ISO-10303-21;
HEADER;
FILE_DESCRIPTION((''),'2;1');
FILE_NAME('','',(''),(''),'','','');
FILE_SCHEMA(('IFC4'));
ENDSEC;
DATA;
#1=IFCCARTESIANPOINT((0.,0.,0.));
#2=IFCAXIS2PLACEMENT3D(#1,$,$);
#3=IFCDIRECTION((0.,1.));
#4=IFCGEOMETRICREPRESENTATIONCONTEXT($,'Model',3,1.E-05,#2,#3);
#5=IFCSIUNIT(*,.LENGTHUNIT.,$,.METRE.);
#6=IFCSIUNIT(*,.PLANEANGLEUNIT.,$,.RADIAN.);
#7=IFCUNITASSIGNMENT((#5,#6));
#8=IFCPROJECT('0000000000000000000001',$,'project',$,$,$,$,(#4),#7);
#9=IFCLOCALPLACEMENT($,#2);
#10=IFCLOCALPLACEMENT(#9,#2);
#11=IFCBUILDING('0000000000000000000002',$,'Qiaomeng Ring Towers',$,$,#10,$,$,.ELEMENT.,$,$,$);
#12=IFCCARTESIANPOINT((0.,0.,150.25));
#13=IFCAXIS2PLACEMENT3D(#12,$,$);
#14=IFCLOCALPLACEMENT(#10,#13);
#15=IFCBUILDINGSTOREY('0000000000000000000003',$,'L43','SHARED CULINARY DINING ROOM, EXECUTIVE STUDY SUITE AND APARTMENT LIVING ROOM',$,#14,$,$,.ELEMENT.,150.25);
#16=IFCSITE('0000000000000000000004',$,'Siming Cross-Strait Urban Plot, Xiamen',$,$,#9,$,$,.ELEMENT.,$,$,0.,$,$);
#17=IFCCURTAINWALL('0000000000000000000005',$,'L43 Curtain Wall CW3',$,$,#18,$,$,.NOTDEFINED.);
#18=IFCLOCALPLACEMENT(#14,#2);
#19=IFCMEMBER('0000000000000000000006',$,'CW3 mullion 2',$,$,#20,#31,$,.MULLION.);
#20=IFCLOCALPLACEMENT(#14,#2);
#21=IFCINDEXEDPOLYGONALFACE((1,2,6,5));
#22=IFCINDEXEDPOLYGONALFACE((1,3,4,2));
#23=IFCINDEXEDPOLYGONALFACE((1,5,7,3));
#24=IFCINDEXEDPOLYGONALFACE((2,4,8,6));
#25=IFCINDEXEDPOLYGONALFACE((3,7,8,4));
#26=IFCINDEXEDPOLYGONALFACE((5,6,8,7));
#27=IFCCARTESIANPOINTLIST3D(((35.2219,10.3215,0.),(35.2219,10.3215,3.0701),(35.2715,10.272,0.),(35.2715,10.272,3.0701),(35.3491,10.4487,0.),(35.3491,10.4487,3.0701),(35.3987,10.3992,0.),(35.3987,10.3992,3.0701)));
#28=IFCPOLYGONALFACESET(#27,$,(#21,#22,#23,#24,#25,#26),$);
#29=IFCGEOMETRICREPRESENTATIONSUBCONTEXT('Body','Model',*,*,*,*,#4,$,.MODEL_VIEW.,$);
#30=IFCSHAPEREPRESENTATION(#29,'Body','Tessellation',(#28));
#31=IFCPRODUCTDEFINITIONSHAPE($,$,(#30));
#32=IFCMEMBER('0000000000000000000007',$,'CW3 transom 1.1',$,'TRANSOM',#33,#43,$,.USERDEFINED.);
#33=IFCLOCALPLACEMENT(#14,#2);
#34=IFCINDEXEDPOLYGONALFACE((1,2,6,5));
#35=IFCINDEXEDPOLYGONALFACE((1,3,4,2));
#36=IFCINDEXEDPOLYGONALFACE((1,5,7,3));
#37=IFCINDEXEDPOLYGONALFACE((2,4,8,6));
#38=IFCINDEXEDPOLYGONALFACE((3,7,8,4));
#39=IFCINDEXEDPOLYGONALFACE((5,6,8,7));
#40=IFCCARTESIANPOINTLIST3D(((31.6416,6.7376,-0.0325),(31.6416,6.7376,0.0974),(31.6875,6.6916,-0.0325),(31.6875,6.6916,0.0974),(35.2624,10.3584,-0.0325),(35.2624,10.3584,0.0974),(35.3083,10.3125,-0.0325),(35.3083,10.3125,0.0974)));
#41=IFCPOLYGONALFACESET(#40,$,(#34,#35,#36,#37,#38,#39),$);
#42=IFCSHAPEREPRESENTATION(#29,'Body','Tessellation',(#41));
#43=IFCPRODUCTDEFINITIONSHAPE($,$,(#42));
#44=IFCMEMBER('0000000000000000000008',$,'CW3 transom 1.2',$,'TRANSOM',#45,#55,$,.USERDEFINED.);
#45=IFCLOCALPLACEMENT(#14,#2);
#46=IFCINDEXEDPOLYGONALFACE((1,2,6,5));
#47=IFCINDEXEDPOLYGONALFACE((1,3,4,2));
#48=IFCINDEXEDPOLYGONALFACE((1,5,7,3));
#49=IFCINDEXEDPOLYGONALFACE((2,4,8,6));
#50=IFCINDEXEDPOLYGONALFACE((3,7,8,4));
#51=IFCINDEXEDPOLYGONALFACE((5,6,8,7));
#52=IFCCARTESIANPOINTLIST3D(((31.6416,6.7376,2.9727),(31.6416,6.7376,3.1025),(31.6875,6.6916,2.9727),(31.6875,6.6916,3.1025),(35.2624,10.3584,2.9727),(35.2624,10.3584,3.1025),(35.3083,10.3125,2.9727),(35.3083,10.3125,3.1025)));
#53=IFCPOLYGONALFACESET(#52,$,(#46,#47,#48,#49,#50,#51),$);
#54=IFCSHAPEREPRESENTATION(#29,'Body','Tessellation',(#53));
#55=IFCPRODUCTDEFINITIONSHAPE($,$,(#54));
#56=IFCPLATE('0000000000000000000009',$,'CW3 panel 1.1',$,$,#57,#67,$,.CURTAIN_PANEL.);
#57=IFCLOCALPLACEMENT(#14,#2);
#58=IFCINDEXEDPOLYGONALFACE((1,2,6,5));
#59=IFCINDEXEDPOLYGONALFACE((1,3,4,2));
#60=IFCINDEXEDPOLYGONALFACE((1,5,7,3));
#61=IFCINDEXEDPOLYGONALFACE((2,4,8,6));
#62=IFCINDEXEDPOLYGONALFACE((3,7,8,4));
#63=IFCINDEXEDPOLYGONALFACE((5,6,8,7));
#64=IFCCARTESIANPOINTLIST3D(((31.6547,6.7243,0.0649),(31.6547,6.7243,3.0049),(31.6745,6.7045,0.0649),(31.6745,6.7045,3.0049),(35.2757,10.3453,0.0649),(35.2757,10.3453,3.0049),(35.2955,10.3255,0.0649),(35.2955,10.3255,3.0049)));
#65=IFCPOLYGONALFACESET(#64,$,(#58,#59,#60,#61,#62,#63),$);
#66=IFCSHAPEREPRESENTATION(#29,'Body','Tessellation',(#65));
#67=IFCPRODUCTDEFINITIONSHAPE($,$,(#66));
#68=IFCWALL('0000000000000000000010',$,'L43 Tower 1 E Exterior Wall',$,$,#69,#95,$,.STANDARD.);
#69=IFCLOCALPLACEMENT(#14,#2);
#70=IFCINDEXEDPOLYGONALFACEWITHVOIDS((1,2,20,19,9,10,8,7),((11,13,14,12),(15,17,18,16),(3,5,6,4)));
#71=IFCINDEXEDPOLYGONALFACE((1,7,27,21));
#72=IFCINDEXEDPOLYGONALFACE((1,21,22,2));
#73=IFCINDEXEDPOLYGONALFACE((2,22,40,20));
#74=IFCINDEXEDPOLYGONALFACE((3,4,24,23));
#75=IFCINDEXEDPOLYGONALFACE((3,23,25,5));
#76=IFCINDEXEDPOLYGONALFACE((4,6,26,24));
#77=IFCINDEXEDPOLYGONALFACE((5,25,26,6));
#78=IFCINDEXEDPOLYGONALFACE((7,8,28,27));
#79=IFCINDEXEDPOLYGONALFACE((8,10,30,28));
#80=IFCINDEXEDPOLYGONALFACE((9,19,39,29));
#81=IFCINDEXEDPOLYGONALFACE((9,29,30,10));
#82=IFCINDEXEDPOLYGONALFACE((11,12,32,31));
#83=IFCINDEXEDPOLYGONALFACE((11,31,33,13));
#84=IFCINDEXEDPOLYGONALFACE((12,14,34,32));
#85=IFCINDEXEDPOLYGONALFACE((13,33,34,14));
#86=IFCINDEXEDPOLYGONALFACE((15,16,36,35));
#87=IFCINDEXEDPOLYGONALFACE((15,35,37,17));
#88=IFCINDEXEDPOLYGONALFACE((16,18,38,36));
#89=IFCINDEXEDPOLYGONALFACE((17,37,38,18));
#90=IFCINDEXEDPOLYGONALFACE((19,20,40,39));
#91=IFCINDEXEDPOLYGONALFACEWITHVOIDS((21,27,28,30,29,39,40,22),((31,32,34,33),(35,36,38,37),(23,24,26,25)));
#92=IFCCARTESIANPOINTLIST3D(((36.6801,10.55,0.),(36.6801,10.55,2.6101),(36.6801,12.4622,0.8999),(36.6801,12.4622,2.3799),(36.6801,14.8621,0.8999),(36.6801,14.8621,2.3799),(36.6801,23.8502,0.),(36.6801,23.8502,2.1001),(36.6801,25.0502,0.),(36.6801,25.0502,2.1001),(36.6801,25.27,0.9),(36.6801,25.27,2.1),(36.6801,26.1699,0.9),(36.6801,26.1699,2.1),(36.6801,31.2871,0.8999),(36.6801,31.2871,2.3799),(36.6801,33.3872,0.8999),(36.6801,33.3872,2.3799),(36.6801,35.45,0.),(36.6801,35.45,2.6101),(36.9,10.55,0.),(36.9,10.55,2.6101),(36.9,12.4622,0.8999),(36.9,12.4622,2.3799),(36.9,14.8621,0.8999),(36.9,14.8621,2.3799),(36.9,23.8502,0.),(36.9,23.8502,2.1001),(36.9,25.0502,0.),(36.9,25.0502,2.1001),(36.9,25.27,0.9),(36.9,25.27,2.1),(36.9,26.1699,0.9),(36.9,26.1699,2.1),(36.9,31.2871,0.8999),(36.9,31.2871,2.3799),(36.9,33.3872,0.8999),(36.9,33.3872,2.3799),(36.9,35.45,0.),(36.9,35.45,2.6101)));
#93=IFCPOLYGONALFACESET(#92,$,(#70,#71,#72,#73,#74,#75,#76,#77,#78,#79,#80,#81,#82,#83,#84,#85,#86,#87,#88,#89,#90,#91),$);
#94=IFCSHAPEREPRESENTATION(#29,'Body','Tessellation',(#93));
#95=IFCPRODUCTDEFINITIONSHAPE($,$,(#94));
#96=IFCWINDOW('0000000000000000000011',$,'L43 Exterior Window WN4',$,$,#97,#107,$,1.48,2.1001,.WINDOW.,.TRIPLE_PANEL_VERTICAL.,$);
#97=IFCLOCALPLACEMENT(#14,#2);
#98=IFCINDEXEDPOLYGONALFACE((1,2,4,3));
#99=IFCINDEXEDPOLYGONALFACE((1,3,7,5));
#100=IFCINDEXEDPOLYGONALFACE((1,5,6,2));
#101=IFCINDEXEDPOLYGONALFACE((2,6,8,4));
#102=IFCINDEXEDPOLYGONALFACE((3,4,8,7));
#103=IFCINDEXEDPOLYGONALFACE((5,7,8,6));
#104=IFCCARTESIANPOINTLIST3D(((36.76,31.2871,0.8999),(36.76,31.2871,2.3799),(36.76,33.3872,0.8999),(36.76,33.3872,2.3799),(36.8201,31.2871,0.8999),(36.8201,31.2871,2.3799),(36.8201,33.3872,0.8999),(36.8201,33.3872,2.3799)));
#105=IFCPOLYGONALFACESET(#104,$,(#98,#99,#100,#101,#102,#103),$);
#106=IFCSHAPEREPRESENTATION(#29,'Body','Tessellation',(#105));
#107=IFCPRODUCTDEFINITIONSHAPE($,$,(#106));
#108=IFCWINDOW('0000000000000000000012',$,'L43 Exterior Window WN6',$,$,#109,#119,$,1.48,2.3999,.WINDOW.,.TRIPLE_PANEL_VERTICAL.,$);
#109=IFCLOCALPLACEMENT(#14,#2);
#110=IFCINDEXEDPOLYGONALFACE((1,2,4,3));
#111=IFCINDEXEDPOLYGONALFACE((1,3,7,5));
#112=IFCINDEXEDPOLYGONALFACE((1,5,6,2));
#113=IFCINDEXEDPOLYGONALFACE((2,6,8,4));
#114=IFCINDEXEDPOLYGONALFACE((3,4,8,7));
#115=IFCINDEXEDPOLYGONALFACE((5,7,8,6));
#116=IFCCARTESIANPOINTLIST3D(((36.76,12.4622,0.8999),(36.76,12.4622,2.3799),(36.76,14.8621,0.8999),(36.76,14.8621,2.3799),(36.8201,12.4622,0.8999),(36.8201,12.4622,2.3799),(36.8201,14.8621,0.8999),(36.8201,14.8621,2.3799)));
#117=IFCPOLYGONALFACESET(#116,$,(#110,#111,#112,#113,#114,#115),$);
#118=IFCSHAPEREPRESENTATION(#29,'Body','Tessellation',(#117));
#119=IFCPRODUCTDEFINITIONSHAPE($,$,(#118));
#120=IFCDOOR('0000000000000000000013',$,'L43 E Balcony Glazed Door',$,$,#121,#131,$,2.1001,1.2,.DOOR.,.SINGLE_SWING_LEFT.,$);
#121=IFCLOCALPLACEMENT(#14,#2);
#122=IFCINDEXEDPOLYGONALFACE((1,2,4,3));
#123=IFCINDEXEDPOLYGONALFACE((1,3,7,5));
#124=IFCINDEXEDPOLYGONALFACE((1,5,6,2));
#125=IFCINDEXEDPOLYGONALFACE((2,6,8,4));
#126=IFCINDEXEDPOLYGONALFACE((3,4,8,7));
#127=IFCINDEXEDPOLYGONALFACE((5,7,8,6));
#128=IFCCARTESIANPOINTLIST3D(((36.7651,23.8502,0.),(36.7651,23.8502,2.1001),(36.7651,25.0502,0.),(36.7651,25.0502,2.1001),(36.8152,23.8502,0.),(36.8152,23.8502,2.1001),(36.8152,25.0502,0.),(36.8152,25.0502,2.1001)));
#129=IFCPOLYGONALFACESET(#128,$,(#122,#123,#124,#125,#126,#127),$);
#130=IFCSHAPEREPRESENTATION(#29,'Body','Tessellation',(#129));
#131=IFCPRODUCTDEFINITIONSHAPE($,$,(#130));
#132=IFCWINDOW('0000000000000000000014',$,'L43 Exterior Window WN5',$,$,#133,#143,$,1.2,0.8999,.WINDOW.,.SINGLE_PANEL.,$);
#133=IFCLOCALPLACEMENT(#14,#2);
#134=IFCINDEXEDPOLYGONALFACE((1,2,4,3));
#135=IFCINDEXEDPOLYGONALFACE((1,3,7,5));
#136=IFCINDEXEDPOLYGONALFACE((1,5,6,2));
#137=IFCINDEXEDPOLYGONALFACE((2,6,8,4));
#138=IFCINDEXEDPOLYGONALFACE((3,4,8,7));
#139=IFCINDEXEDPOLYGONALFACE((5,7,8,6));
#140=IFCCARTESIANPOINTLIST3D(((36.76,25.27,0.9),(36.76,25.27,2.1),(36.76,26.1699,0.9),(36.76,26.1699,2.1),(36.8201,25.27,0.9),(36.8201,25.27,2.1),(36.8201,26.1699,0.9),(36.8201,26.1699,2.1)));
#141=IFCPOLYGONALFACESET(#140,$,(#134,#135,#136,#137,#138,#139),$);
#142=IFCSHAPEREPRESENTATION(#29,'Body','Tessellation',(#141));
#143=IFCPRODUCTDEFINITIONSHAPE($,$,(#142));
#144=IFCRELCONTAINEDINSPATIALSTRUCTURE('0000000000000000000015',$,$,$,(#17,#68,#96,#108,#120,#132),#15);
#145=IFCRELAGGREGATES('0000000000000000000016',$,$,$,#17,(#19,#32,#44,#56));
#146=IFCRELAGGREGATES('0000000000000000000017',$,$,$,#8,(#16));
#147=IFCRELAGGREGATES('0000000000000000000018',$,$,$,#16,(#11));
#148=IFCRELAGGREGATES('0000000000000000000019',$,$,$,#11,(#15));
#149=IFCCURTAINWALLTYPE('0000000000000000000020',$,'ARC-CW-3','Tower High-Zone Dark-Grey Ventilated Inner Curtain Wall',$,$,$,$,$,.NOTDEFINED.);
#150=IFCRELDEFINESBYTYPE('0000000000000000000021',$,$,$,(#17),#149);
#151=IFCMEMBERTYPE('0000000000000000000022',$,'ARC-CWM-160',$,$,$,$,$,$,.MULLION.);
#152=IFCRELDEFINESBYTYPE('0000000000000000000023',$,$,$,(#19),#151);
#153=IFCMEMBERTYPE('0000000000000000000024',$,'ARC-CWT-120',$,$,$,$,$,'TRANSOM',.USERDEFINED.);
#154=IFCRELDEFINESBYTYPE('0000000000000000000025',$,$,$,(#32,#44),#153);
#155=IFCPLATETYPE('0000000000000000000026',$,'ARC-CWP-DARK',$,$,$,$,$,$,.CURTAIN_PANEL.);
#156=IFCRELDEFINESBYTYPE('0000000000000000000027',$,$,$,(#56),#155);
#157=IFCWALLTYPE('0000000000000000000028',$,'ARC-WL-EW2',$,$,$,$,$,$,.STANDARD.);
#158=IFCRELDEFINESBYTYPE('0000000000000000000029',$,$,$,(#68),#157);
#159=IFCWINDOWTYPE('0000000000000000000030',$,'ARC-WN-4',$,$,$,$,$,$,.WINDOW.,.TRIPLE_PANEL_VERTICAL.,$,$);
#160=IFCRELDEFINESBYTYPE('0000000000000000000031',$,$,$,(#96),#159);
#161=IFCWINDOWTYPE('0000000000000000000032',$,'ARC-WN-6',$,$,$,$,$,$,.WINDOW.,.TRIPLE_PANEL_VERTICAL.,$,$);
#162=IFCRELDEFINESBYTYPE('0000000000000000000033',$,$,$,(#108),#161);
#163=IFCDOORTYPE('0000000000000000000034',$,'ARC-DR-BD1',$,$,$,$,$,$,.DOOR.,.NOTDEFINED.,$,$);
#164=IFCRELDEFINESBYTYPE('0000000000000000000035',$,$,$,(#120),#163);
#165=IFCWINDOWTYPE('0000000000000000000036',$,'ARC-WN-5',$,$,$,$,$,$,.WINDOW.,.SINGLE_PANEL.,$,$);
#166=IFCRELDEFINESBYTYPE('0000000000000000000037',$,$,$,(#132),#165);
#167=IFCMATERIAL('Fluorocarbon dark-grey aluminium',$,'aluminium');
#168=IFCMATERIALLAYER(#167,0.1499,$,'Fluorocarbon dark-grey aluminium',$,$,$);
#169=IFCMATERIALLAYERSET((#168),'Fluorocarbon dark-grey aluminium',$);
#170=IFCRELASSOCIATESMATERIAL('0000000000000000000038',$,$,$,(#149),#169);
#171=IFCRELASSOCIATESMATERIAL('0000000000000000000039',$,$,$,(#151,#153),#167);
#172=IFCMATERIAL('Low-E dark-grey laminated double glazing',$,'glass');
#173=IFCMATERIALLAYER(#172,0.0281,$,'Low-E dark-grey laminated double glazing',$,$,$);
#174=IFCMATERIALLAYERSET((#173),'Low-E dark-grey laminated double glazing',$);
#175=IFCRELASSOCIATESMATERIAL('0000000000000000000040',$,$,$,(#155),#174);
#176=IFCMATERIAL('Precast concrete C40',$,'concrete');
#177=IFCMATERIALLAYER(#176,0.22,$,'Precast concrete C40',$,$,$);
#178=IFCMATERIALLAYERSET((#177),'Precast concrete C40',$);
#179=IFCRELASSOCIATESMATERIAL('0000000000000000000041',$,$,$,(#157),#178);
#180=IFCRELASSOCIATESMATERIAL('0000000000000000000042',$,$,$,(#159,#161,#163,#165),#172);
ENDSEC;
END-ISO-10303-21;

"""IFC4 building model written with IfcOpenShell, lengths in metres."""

from ifc_helpers import new_model, si_unit, direction, frame, frame_2d, origin, origin_2d, place, context, subcontext, project, spatial, rectangle, extrude, source, transform, mapped, material, layer, layer_set, material_profile, profile_set, type_object, element, fill, aggregate, save


model = new_model("IFC4")

# Units and contexts
model_context = context("Model", 3, precision=1e-05, world=origin(), true_north=direction((0.0, 1.0)))
body_context = subcontext(model_context, "Body", "Model", "MODEL_VIEW")
ifc_project = project(units=[si_unit("LENGTHUNIT", "METRE"), si_unit("PLANEANGLEUNIT", "RADIAN")], contexts=[model_context])

# Site, building, storey
site_placement = place(None, origin())
site = spatial("IfcSite", under=ifc_project, at=site_placement, Name="Siming Cross-Strait Urban Plot, Xiamen", CompositionType="ELEMENT", RefElevation=0.0)
building_placement = place(site_placement, origin())
building = spatial("IfcBuilding", under=site, at=building_placement, Name="Qiaomeng Ring Towers", CompositionType="ELEMENT")
storey_placement = place(building_placement, frame((0.0, 0.0, 150.25)))
storey = spatial("IfcBuildingStorey", under=building, at=storey_placement, Name="L43", Description="SHARED CULINARY DINING ROOM, EXECUTIVE STUDY SUITE AND APARTMENT LIVING ROOM", CompositionType="ELEMENT", Elevation=150.25)

# Curtain wall, members, plate
ifc_material_1 = material(Name="Fluorocarbon dark-grey aluminium", Category="aluminium")
ifc_layer_1 = layer(ifc_material_1, 0.1499, Name="Fluorocarbon dark-grey aluminium")
ifc_layer_set_1 = layer_set([ifc_layer_1], Name="Fluorocarbon dark-grey aluminium")
curtain_wall_type = type_object("IfcCurtainWallType", Name="ARC-CW-3", Description="Tower High-Zone Dark-Grey Ventilated Inner Curtain Wall", PredefinedType="NOTDEFINED", material=ifc_layer_set_1)
curtain_wall_placement = place(storey_placement, origin())
curtain_wall = element("IfcCurtainWall", 1, at=curtain_wall_placement, inside=storey, type_object=curtain_wall_type, Name="L43 Curtain Wall CW3", PredefinedType="NOTDEFINED")
ifc_material_profile_1 = material_profile(ifc_material_1, rectangle(XDim=0.0701, YDim=0.1799, at=origin_2d()), Name="ALU MULL 70x180")
ifc_profile_set_1 = profile_set([ifc_material_profile_1], Name="Fluorocarbon dark-grey aluminium")
member_type_1 = type_object("IfcMemberType", Name="ARC-CWM-160", PredefinedType="MULLION", material=ifc_profile_set_1)
shared_shape_1 = source(origin(), body_context, "Body", "SweptSolid", [
    extrude(rectangle(XDim=0.0701, YDim=0.1799, at=origin_2d()), origin(), (0.0, 0.0, 1.0), 3.0701),
])
member_1_placement = place(storey_placement, frame((35.3103, 10.3604, 0.0), z_axis=(0.0, 0.0, 1.0), x_axis=(-0.707107, 0.707107, 0.0)))
member_1 = element("IfcMember", 2, at=member_1_placement, type_object=member_type_1, Name="CW3 mullion 2", PredefinedType="MULLION", context=body_context, shape_type="MappedRepresentation", body=[
    mapped(shared_shape_1, transform((0.0, 0.0, 0.0), x_axis=(1.0, 0.0, 0.0), y_axis=(0.0, 1.0, 0.0), z_axis=(0.0, 0.0, 1.0), scale=1.0)),
])
ifc_material_profile_2 = material_profile(ifc_material_1, rectangle(XDim=0.0649, YDim=0.1299, at=origin_2d()), Name="ALU TRAN 65x130")
ifc_profile_set_2 = profile_set([ifc_material_profile_2], Name="Fluorocarbon dark-grey aluminium")
member_type_2 = type_object("IfcMemberType", Name="ARC-CWT-120", ElementType="TRANSOM", PredefinedType="USERDEFINED", material=ifc_profile_set_2)
shared_shape_2 = source(origin(), body_context, "Body", "SweptSolid", [
    extrude(rectangle(XDim=0.0649, YDim=0.1299, at=origin_2d()), origin(), (0.0, 0.0, 1.0), 5.1206),
])
member_2_placement = place(storey_placement, frame((31.6646, 6.7146, 0.0325), z_axis=(0.707107, 0.707107, 0.0), x_axis=(-0.707107, 0.707107, 0.0)))
member_2 = element("IfcMember", 3, at=member_2_placement, type_object=member_type_2, Name="CW3 transom 1.1", ObjectType="TRANSOM", PredefinedType="USERDEFINED", context=body_context, shape_type="MappedRepresentation", body=[
    mapped(shared_shape_2, transform((0.0, 0.0, 0.0), x_axis=(1.0, 0.0, 0.0), y_axis=(0.0, 1.0, 0.0), z_axis=(0.0, 0.0, 1.0), scale=1.0)),
])
member_3_placement = place(storey_placement, frame((31.6646, 6.7146, 3.0376), z_axis=(0.707107, 0.707107, 0.0), x_axis=(-0.707107, 0.707107, 0.0)))
member_3 = element("IfcMember", 4, at=member_3_placement, type_object=member_type_2, Name="CW3 transom 1.2", ObjectType="TRANSOM", PredefinedType="USERDEFINED", context=body_context, shape_type="MappedRepresentation", body=[
    mapped(shared_shape_2, transform((0.0, 0.0, 0.0), x_axis=(1.0, 0.0, 0.0), y_axis=(0.0, 1.0, 0.0), z_axis=(0.0, 0.0, 1.0), scale=1.0)),
])
ifc_material_2 = material(Name="Low-E dark-grey laminated double glazing", Category="glass")
ifc_layer_2 = layer(ifc_material_2, 0.0281, Name="Low-E dark-grey laminated double glazing")
ifc_layer_set_2 = layer_set([ifc_layer_2], Name="Low-E dark-grey laminated double glazing")
plate_type = type_object("IfcPlateType", Name="ARC-CWP-DARK", PredefinedType="CURTAIN_PANEL", material=ifc_layer_set_2)
shared_shape_3 = source(origin(), body_context, "Body", "SweptSolid", [
    extrude(rectangle(XDim=5.1208, YDim=0.0281, at=origin_2d()), origin(), (0.0, 0.0, 1.0), 2.9399),
])
plate_placement = place(storey_placement, frame((33.4751, 8.5249, 0.0649), z_axis=(0.0, 0.0, 1.0), x_axis=(0.707107, 0.707107, 0.0)))
plate = element("IfcPlate", 5, at=plate_placement, type_object=plate_type, Name="CW3 panel 1.1", PredefinedType="CURTAIN_PANEL", context=body_context, shape_type="MappedRepresentation", body=[
    mapped(shared_shape_3, transform((0.0, 0.0, 0.0), x_axis=(1.0, 0.0, 0.0), y_axis=(0.0, 1.0, 0.0), z_axis=(0.0, 0.0, 1.0), scale=1.0)),
])
aggregate(curtain_wall, [member_1, member_2, member_3, plate])

# Wall, openings, windows, door
ifc_material_3 = material(Name="Precast concrete C40", Category="concrete")
ifc_layer_3 = layer(ifc_material_3, 0.22, Name="Precast concrete C40")
ifc_layer_set_3 = layer_set([ifc_layer_3], Name="Precast concrete C40")
wall_type_1 = type_object("IfcWallType", Name="ARC-WL-EW2", PredefinedType="STANDARD", material=ifc_layer_set_3)
wall_1_placement = place(storey_placement, frame((36.79, 10.55, 0.0), z_axis=(0.0, 0.0, 1.0), x_axis=(0.0, 1.0, 0.0)))
wall_1 = element("IfcWall", 6, at=wall_1_placement, inside=storey, type_object=wall_type_1, Name="L43 Tower 1 E Exterior Wall", PredefinedType="STANDARD", context=body_context, shape_type="SweptSolid", body=[
    extrude(rectangle(XDim=24.8999, YDim=0.22, at=frame_2d((12.45, 0.0))), origin(), (0.0, 0.0, 1.0), 2.6101),
])
opening_1_placement = place(wall_1_placement, frame((13.3, 0.0, 0.0)))
opening_1 = element("IfcOpeningElement", 7, at=opening_1_placement, cuts=wall_1, PredefinedType="OPENING", context=body_context, shape_type="SweptSolid", body=[
    extrude(rectangle(XDim=1.2, YDim=2.1001, at=frame_2d((0.6001, 1.05))), frame((0.0, 0.1199, 0.0), z_axis=(0.0, -1.0, 0.0), x_axis=(1.0, 0.0, 0.0)), (0.0, 0.0, 1.0), 0.24),
])
opening_2_placement = place(wall_1_placement, frame((1.9121, 0.0, 0.8999)))
opening_2 = element("IfcOpeningElement", 8, at=opening_2_placement, cuts=wall_1, PredefinedType="OPENING", context=body_context, shape_type="SweptSolid", body=[
    extrude(rectangle(XDim=2.3999, YDim=1.48, at=frame_2d((1.2, 0.74))), frame((0.0, 0.1199, 0.0), z_axis=(0.0, -1.0, 0.0), x_axis=(1.0, 0.0, 0.0)), (0.0, 0.0, 1.0), 0.24),
])
opening_3_placement = place(wall_1_placement, frame((20.7371, 0.0, 0.8999)))
opening_3 = element("IfcOpeningElement", 9, at=opening_3_placement, cuts=wall_1, PredefinedType="OPENING", context=body_context, shape_type="SweptSolid", body=[
    extrude(rectangle(XDim=2.1001, YDim=1.48, at=frame_2d((1.05, 0.74))), frame((0.0, 0.1199, 0.0), z_axis=(0.0, -1.0, 0.0), x_axis=(1.0, 0.0, 0.0)), (0.0, 0.0, 1.0), 0.24),
])
opening_4_placement = place(wall_1_placement, frame((14.72, 0.0, 0.8999)))
opening_4 = element("IfcOpeningElement", 10, at=opening_4_placement, cuts=wall_1, PredefinedType="OPENING", context=body_context, shape_type="SweptSolid", body=[
    extrude(rectangle(XDim=0.8999, YDim=1.2, at=frame_2d((0.45, 0.6001))), frame((0.0, 0.1199, 0.0), z_axis=(0.0, -1.0, 0.0), x_axis=(1.0, 0.0, 0.0)), (0.0, 0.0, 1.0), 0.24),
])
window_type_1 = type_object("IfcWindowType", Name="ARC-WN-4", PartitioningType="TRIPLE_PANEL_VERTICAL", PredefinedType="WINDOW", material=ifc_material_2)
shared_shape_4 = source(origin(), body_context, "Body", "SweptSolid", [
    extrude(rectangle(XDim=2.1001, YDim=1.48, at=frame_2d((1.05, 0.74))), frame((0.0, 0.03, 0.0), z_axis=(0.0, -1.0, 0.0), x_axis=(1.0, 0.0, 0.0)), (0.0, 0.0, 1.0), 0.0601),
])
window_1_placement = place(opening_3_placement, origin())
window_1 = element("IfcWindow", 11, at=window_1_placement, inside=storey, type_object=window_type_1, Name="L43 Exterior Window WN4", OverallHeight=1.48, OverallWidth=2.1001, PartitioningType="TRIPLE_PANEL_VERTICAL", PredefinedType="WINDOW", context=body_context, shape_type="MappedRepresentation", body=[
    mapped(shared_shape_4, transform((0.0, 0.0, 0.0), x_axis=(1.0, 0.0, 0.0), y_axis=(0.0, 1.0, 0.0), z_axis=(0.0, 0.0, 1.0), scale=1.0)),
])
fill(opening_3, window_1)
window_type_2 = type_object("IfcWindowType", Name="ARC-WN-6", PartitioningType="TRIPLE_PANEL_VERTICAL", PredefinedType="WINDOW", material=ifc_material_2)
shared_shape_5 = source(origin(), body_context, "Body", "SweptSolid", [
    extrude(rectangle(XDim=2.3999, YDim=1.48, at=frame_2d((1.2, 0.74))), frame((0.0, 0.03, 0.0), z_axis=(0.0, -1.0, 0.0), x_axis=(1.0, 0.0, 0.0)), (0.0, 0.0, 1.0), 0.0601),
])
window_2_placement = place(opening_2_placement, origin())
window_2 = element("IfcWindow", 12, at=window_2_placement, inside=storey, type_object=window_type_2, Name="L43 Exterior Window WN6", OverallHeight=1.48, OverallWidth=2.3999, PartitioningType="TRIPLE_PANEL_VERTICAL", PredefinedType="WINDOW", context=body_context, shape_type="MappedRepresentation", body=[
    mapped(shared_shape_5, transform((0.0, 0.0, 0.0), x_axis=(1.0, 0.0, 0.0), y_axis=(0.0, 1.0, 0.0), z_axis=(0.0, 0.0, 1.0), scale=1.0)),
])
fill(opening_2, window_2)
door_type_1 = type_object("IfcDoorType", Name="ARC-DR-BD1", OperationType="NOTDEFINED", PredefinedType="DOOR", material=ifc_material_2)
shared_shape_6 = source(origin(), body_context, "Body", "SweptSolid", [
    extrude(rectangle(XDim=1.2, YDim=2.1001, at=frame_2d((0.6001, 1.05))), frame((0.0, 0.0249, 0.0), z_axis=(0.0, -1.0, 0.0), x_axis=(1.0, 0.0, 0.0)), (0.0, 0.0, 1.0), 0.05),
])
door_1_placement = place(opening_1_placement, origin())
door_1 = element("IfcDoor", 13, at=door_1_placement, inside=storey, type_object=door_type_1, Name="L43 E Balcony Glazed Door", OperationType="SINGLE_SWING_LEFT", OverallHeight=2.1001, OverallWidth=1.2, PredefinedType="DOOR", context=body_context, shape_type="MappedRepresentation", body=[
    mapped(shared_shape_6, transform((0.0, 0.0, 0.0), x_axis=(1.0, 0.0, 0.0), y_axis=(0.0, 1.0, 0.0), z_axis=(0.0, 0.0, 1.0), scale=1.0)),
])
fill(opening_1, door_1)
window_type_3 = type_object("IfcWindowType", Name="ARC-WN-5", PartitioningType="SINGLE_PANEL", PredefinedType="WINDOW", material=ifc_material_2)
shared_shape_7 = source(origin(), body_context, "Body", "SweptSolid", [
    extrude(rectangle(XDim=0.8999, YDim=1.2, at=frame_2d((0.45, 0.6001))), frame((0.0, 0.03, 0.0), z_axis=(0.0, -1.0, 0.0), x_axis=(1.0, 0.0, 0.0)), (0.0, 0.0, 1.0), 0.0601),
])
window_3_placement = place(opening_4_placement, origin())
window_3 = element("IfcWindow", 14, at=window_3_placement, inside=storey, type_object=window_type_3, Name="L43 Exterior Window WN5", OverallHeight=1.2, OverallWidth=0.8999, PartitioningType="SINGLE_PANEL", PredefinedType="WINDOW", context=body_context, shape_type="MappedRepresentation", body=[
    mapped(shared_shape_7, transform((0.0, 0.0, 0.0), x_axis=(1.0, 0.0, 0.0), y_axis=(0.0, 1.0, 0.0), z_axis=(0.0, 0.0, 1.0), scale=1.0)),
])
fill(opening_4, window_3)

save(model, "model.ifc")
